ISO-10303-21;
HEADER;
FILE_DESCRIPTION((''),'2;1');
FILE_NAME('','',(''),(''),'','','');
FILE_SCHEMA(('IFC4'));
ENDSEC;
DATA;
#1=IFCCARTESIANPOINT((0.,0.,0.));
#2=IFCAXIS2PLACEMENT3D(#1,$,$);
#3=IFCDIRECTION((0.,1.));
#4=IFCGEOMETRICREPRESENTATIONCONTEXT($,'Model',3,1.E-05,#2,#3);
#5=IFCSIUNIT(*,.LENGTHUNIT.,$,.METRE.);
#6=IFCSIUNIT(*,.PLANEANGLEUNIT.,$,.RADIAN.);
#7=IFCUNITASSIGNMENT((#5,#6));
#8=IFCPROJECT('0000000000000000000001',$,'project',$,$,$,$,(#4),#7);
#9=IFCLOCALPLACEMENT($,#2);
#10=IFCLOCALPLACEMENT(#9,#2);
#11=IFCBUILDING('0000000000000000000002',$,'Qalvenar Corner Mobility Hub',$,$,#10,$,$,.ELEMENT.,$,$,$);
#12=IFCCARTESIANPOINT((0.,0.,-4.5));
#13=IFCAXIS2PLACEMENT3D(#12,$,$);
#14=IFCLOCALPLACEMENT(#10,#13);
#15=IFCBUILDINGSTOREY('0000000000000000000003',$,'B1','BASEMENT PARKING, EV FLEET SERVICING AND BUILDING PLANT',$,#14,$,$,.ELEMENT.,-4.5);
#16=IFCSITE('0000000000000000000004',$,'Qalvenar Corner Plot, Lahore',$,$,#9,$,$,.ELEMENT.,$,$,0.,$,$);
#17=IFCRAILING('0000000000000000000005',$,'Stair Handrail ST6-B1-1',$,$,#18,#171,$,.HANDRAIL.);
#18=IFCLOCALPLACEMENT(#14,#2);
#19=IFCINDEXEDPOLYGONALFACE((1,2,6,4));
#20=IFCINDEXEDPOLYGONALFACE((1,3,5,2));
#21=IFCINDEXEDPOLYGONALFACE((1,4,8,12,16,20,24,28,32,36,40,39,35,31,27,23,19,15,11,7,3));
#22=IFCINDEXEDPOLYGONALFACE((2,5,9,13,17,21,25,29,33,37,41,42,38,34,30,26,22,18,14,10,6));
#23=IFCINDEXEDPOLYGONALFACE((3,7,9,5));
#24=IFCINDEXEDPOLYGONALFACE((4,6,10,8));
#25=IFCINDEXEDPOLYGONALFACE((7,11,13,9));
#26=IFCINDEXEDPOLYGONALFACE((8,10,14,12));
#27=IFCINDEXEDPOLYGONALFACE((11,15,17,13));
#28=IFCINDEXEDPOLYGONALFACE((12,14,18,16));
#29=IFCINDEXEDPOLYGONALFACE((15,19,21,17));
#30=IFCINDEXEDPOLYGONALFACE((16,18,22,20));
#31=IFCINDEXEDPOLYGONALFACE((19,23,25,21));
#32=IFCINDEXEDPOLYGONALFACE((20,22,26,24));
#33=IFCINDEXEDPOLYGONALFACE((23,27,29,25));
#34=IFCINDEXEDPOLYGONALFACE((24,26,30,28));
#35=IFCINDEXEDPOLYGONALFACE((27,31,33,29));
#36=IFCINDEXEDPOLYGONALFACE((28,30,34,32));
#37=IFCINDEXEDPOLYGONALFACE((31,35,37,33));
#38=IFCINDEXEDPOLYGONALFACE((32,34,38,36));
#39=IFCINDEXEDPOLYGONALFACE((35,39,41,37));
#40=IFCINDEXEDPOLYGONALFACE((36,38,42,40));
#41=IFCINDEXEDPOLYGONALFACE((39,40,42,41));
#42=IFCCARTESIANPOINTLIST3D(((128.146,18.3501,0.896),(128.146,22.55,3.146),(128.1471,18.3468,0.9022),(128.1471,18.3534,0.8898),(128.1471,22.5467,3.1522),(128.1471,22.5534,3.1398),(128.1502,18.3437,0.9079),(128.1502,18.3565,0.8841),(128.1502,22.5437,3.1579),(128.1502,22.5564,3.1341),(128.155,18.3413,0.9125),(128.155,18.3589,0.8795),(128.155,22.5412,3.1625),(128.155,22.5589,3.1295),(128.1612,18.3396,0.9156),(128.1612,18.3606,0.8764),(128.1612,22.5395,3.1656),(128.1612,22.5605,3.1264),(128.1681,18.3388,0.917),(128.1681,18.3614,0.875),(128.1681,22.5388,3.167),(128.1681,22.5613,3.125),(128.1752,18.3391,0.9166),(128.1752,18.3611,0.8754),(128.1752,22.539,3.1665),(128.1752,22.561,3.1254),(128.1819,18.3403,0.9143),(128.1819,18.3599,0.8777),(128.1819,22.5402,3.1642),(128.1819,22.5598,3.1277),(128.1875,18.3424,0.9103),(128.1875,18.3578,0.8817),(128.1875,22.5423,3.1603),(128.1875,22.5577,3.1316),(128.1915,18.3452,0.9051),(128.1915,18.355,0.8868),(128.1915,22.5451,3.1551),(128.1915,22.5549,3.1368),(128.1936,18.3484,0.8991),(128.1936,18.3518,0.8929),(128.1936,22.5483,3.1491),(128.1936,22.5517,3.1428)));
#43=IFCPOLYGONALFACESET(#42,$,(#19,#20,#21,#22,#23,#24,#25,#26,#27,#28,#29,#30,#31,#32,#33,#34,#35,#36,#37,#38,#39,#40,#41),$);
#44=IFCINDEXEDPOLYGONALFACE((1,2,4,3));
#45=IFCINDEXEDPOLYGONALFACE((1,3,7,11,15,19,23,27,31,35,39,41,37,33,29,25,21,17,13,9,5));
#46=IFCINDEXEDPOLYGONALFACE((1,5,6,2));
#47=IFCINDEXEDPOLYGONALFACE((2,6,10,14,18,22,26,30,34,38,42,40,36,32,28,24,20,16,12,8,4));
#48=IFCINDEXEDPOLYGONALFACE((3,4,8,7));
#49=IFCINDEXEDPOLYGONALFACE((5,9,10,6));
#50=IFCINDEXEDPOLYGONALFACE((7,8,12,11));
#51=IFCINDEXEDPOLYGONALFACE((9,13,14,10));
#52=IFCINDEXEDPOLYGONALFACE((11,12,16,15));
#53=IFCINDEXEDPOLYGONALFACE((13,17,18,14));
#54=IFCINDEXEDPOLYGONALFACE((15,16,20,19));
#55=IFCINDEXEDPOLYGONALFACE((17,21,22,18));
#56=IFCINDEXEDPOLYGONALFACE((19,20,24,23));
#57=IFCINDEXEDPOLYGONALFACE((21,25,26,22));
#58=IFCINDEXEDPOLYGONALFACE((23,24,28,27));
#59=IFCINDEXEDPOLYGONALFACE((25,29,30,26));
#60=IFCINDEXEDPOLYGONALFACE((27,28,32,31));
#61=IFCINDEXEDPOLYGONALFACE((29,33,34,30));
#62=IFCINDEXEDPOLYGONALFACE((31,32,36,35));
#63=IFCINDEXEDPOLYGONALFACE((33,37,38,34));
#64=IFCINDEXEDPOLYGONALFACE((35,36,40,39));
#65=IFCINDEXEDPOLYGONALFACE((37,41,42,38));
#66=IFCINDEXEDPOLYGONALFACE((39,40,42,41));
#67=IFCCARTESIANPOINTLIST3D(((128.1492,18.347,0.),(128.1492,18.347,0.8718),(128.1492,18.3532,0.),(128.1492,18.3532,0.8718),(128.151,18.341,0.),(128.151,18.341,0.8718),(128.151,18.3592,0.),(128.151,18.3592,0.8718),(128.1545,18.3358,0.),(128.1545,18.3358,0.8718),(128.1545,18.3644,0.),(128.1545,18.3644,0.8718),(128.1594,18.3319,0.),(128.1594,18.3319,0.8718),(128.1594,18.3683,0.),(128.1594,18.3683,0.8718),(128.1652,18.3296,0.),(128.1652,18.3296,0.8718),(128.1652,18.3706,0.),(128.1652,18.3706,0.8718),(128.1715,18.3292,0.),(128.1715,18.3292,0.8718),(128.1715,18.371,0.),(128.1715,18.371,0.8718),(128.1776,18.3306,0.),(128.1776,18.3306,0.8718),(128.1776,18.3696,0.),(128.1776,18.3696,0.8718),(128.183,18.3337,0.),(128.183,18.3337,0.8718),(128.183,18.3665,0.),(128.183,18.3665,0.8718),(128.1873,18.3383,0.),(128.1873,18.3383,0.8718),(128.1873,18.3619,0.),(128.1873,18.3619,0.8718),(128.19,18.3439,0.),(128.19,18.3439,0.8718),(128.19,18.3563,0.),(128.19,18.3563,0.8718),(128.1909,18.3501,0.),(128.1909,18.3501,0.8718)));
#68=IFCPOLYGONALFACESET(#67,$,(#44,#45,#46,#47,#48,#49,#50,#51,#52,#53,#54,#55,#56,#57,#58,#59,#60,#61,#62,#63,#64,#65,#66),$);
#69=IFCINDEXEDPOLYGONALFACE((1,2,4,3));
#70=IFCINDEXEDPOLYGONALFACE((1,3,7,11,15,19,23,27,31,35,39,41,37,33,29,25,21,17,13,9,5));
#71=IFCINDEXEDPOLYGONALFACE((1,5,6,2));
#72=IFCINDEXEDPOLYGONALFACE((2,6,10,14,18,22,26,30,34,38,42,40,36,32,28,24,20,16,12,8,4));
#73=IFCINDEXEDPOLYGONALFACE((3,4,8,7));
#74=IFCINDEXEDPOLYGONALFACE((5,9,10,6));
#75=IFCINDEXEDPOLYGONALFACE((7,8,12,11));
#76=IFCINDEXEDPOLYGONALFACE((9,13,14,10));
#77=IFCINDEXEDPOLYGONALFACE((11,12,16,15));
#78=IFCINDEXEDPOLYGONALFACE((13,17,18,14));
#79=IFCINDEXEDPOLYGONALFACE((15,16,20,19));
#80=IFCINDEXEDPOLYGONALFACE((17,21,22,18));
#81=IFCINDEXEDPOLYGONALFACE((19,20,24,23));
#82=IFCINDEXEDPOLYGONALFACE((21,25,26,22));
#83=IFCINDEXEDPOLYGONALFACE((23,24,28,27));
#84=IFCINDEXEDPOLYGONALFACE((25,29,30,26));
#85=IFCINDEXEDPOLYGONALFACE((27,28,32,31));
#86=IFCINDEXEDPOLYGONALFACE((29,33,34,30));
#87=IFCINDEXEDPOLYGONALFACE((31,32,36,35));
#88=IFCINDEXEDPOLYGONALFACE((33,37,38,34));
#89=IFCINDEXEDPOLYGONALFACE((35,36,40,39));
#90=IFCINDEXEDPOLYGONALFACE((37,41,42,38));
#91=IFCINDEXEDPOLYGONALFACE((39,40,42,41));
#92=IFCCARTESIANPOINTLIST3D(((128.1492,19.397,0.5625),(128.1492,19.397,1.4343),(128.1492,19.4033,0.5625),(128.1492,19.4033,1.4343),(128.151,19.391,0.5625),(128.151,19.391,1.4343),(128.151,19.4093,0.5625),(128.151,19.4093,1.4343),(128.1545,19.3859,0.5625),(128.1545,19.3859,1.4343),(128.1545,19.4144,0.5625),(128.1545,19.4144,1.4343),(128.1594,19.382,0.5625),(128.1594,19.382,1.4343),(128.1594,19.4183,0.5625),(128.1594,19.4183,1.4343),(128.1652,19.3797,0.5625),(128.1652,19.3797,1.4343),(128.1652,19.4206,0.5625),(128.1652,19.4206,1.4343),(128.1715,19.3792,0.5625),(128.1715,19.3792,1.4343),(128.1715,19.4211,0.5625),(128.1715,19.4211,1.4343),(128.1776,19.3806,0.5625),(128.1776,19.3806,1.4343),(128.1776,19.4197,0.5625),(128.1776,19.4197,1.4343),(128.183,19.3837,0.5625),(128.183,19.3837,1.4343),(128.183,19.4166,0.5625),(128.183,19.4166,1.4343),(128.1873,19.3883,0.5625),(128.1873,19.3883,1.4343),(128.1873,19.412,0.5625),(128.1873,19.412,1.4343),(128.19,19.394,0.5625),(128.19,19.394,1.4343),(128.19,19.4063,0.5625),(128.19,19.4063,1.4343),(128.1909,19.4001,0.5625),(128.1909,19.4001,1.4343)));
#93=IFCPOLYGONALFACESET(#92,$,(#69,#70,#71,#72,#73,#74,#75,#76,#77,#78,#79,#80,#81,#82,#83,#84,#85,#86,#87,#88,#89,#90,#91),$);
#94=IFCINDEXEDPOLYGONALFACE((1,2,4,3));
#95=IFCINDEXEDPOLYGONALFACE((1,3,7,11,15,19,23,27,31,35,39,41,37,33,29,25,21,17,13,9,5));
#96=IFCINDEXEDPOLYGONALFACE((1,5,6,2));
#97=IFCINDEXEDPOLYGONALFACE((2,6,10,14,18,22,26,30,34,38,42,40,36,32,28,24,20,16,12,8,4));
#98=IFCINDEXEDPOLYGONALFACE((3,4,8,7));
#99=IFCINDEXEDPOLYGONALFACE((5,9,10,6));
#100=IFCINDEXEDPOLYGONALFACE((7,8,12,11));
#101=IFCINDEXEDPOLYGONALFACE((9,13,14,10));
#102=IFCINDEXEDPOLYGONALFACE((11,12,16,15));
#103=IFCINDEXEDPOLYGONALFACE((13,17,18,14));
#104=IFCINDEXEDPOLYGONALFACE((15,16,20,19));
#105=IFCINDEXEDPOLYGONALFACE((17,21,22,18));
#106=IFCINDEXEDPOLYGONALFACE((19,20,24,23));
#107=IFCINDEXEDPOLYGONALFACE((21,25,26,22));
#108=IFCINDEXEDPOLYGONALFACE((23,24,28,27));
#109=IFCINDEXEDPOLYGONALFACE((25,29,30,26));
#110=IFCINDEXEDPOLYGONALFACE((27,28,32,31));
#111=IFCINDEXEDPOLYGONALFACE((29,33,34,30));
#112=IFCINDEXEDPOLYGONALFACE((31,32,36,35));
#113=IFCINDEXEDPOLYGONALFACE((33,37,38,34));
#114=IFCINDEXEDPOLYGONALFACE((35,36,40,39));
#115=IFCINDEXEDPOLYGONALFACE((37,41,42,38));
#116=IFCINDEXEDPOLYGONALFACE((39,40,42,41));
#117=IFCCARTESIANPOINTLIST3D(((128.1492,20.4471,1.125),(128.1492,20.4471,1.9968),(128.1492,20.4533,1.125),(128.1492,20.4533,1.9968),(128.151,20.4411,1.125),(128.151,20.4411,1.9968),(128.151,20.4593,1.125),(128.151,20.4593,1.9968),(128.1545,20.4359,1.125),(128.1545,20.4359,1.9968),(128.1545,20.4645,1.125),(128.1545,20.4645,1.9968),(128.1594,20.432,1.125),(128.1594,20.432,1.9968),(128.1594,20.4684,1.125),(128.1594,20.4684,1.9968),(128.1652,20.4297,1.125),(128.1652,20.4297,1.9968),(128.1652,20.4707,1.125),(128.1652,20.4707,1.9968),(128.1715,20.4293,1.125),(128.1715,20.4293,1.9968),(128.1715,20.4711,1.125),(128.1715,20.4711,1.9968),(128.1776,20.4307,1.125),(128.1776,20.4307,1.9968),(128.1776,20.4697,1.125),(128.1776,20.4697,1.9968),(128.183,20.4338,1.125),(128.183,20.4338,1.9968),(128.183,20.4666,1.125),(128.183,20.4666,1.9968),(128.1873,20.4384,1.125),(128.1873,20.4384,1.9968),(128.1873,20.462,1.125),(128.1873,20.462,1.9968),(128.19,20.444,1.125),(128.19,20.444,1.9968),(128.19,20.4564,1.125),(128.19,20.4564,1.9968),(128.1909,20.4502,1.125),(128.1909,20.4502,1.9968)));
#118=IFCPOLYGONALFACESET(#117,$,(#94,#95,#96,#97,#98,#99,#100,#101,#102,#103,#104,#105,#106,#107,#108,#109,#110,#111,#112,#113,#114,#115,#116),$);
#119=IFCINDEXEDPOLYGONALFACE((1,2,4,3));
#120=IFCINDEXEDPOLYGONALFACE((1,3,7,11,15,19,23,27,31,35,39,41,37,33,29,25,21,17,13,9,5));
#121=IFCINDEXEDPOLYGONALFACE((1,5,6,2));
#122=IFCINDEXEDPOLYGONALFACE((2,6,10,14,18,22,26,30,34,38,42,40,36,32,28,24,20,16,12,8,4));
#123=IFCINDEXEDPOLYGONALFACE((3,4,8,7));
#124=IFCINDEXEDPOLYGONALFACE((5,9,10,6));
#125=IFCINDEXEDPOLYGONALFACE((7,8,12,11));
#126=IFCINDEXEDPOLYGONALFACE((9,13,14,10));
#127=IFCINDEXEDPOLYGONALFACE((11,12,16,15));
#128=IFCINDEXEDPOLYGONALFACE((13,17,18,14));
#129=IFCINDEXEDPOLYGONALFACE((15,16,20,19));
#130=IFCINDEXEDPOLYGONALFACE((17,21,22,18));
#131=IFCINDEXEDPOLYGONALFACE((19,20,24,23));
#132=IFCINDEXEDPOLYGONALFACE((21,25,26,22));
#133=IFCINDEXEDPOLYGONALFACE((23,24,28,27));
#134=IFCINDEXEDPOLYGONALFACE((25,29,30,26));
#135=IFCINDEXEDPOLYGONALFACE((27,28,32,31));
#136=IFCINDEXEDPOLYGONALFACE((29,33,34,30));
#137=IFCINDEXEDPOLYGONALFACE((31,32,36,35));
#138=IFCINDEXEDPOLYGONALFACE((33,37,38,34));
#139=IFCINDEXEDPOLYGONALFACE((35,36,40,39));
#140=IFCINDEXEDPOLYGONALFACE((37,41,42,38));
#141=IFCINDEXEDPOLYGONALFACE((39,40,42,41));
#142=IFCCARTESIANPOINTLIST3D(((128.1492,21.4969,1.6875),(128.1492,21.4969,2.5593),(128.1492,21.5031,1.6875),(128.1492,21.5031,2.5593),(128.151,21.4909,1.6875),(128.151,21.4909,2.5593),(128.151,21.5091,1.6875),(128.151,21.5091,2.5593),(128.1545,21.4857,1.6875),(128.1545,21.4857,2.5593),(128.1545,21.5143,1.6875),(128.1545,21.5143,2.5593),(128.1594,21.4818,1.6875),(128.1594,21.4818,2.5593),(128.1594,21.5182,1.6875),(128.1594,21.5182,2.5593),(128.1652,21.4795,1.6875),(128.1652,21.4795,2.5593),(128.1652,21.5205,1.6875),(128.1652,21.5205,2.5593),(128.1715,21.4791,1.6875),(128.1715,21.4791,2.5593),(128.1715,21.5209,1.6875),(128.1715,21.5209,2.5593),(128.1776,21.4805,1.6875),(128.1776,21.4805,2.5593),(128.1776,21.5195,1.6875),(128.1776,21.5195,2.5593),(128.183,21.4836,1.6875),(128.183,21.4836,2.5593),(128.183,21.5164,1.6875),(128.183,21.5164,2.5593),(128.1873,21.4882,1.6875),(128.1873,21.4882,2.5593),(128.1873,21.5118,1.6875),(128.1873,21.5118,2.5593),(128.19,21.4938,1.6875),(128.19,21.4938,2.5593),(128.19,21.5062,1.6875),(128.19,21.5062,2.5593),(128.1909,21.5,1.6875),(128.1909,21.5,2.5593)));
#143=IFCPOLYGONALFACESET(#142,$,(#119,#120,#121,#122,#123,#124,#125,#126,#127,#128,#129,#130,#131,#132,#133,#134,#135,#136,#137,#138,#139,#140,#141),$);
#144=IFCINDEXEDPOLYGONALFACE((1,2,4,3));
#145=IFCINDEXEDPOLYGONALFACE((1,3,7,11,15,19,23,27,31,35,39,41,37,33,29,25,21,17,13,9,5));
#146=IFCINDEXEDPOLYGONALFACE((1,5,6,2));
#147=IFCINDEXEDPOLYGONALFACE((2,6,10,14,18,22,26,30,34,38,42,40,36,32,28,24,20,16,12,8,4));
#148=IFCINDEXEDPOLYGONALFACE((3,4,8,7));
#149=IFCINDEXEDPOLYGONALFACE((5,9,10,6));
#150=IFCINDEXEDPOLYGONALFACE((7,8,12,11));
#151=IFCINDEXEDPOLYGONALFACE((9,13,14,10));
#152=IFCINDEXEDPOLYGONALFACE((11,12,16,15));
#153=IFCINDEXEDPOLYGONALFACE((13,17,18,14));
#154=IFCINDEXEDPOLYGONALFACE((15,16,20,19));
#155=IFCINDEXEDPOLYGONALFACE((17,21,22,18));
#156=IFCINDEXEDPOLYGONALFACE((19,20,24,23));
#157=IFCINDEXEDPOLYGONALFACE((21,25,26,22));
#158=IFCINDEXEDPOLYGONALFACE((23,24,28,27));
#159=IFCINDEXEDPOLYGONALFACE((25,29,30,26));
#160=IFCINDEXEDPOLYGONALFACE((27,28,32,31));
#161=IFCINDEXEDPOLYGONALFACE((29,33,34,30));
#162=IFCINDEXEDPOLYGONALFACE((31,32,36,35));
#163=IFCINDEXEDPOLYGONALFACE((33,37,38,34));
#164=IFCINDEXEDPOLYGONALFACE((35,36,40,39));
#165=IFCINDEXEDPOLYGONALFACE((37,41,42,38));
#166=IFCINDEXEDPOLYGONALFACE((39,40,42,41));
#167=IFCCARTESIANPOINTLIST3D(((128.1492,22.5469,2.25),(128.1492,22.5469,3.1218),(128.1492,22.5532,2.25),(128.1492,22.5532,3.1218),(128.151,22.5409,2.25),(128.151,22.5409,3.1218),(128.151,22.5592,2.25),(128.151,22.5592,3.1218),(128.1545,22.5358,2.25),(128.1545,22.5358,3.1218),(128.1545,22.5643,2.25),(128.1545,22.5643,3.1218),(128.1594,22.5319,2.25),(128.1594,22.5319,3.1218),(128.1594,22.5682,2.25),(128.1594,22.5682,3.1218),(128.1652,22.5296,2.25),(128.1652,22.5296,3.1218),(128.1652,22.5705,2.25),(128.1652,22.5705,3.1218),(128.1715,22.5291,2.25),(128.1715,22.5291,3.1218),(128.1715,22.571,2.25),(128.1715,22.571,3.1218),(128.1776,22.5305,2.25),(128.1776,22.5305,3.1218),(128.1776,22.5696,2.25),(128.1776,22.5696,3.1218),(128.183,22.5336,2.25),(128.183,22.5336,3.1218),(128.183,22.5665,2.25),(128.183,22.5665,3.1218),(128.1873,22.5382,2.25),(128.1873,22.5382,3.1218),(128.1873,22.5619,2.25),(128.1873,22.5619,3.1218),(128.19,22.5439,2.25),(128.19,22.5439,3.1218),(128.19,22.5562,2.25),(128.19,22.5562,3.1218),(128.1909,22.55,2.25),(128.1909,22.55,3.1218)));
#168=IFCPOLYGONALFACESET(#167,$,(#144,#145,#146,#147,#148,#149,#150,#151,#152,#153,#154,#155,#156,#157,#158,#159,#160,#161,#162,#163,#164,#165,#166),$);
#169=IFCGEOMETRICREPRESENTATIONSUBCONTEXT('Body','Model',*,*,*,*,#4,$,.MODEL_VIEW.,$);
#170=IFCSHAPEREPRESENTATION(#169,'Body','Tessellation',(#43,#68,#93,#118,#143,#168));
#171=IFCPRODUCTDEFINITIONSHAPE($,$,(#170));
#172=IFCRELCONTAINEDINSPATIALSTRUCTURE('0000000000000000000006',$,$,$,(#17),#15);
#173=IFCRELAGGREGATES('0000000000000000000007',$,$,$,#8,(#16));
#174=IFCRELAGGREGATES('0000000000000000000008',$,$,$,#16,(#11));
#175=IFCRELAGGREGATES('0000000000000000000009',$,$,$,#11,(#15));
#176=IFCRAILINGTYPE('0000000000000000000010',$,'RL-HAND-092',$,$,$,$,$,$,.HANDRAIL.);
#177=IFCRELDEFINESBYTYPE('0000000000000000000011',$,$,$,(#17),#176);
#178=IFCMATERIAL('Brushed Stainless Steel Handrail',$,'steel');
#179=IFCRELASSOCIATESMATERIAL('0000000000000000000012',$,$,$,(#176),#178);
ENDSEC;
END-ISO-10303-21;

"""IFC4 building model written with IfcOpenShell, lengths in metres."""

from ifc_helpers import new_model, si_unit, direction, frame, origin, origin_2d, place, context, subcontext, project, spatial, circle, extrude, material, type_object, element, save


model = new_model("IFC4")

# Units and contexts
model_context = context("Model", 3, precision=1e-05, world=origin(), true_north=direction((0.0, 1.0)))
body_context = subcontext(model_context, "Body", "Model", "MODEL_VIEW")
ifc_project = project(units=[si_unit("LENGTHUNIT", "METRE"), si_unit("PLANEANGLEUNIT", "RADIAN")], contexts=[model_context])

# Site, building, storey
site_placement = place(None, origin())
site = spatial("IfcSite", under=ifc_project, at=site_placement, Name="Qalvenar Corner Plot, Lahore", CompositionType="ELEMENT", RefElevation=0.0)
building_placement = place(site_placement, origin())
building = spatial("IfcBuilding", under=site, at=building_placement, Name="Qalvenar Corner Mobility Hub", CompositionType="ELEMENT")
storey_placement = place(building_placement, frame((0.0, 0.0, -4.5)))
storey = spatial("IfcBuildingStorey", under=building, at=storey_placement, Name="B1", Description="BASEMENT PARKING, EV FLEET SERVICING AND BUILDING PLANT", CompositionType="ELEMENT", Elevation=-4.5)

# Railing
ifc_material_1 = material(Name="Brushed Stainless Steel Handrail", Category="steel")
railing_type_1 = type_object("IfcRailingType", Name="RL-HAND-092", PredefinedType="HANDRAIL", material=ifc_material_1)
railing_1_placement = place(storey_placement, frame((128.1699, 18.3501, 0.0)))
element("IfcRailing", 1, at=railing_1_placement, inside=storey, type_object=railing_type_1, Name="Stair Handrail ST6-B1-1", PredefinedType="HANDRAIL", context=body_context, shape_type="SweptSolid", body=[
    extrude(circle(Radius=0.0239, at=origin_2d()), frame((0.0, 0.0, 0.896), z_axis=(0.0, 0.881478, 0.472226), x_axis=(-1.0, 0.0, 0.0)), (0.0, 0.0, 1.0), 4.7646),
    extrude(circle(Radius=0.021, at=origin_2d()), origin(), (0.0, 0.0, 1.0), 0.8718),
    extrude(circle(Radius=0.021, at=origin_2d()), frame((0.0, 1.05, 0.5625)), (0.0, 0.0, 1.0), 0.8718),
    extrude(circle(Radius=0.021, at=origin_2d()), frame((0.0, 2.1001, 1.125)), (0.0, 0.0, 1.0), 0.8718),
    extrude(circle(Radius=0.021, at=origin_2d()), frame((0.0, 3.1499, 1.6875)), (0.0, 0.0, 1.0), 0.8718),
    extrude(circle(Radius=0.021, at=origin_2d()), frame((0.0, 4.2, 2.25)), (0.0, 0.0, 1.0), 0.8718),
])

save(model, "model.ifc")
